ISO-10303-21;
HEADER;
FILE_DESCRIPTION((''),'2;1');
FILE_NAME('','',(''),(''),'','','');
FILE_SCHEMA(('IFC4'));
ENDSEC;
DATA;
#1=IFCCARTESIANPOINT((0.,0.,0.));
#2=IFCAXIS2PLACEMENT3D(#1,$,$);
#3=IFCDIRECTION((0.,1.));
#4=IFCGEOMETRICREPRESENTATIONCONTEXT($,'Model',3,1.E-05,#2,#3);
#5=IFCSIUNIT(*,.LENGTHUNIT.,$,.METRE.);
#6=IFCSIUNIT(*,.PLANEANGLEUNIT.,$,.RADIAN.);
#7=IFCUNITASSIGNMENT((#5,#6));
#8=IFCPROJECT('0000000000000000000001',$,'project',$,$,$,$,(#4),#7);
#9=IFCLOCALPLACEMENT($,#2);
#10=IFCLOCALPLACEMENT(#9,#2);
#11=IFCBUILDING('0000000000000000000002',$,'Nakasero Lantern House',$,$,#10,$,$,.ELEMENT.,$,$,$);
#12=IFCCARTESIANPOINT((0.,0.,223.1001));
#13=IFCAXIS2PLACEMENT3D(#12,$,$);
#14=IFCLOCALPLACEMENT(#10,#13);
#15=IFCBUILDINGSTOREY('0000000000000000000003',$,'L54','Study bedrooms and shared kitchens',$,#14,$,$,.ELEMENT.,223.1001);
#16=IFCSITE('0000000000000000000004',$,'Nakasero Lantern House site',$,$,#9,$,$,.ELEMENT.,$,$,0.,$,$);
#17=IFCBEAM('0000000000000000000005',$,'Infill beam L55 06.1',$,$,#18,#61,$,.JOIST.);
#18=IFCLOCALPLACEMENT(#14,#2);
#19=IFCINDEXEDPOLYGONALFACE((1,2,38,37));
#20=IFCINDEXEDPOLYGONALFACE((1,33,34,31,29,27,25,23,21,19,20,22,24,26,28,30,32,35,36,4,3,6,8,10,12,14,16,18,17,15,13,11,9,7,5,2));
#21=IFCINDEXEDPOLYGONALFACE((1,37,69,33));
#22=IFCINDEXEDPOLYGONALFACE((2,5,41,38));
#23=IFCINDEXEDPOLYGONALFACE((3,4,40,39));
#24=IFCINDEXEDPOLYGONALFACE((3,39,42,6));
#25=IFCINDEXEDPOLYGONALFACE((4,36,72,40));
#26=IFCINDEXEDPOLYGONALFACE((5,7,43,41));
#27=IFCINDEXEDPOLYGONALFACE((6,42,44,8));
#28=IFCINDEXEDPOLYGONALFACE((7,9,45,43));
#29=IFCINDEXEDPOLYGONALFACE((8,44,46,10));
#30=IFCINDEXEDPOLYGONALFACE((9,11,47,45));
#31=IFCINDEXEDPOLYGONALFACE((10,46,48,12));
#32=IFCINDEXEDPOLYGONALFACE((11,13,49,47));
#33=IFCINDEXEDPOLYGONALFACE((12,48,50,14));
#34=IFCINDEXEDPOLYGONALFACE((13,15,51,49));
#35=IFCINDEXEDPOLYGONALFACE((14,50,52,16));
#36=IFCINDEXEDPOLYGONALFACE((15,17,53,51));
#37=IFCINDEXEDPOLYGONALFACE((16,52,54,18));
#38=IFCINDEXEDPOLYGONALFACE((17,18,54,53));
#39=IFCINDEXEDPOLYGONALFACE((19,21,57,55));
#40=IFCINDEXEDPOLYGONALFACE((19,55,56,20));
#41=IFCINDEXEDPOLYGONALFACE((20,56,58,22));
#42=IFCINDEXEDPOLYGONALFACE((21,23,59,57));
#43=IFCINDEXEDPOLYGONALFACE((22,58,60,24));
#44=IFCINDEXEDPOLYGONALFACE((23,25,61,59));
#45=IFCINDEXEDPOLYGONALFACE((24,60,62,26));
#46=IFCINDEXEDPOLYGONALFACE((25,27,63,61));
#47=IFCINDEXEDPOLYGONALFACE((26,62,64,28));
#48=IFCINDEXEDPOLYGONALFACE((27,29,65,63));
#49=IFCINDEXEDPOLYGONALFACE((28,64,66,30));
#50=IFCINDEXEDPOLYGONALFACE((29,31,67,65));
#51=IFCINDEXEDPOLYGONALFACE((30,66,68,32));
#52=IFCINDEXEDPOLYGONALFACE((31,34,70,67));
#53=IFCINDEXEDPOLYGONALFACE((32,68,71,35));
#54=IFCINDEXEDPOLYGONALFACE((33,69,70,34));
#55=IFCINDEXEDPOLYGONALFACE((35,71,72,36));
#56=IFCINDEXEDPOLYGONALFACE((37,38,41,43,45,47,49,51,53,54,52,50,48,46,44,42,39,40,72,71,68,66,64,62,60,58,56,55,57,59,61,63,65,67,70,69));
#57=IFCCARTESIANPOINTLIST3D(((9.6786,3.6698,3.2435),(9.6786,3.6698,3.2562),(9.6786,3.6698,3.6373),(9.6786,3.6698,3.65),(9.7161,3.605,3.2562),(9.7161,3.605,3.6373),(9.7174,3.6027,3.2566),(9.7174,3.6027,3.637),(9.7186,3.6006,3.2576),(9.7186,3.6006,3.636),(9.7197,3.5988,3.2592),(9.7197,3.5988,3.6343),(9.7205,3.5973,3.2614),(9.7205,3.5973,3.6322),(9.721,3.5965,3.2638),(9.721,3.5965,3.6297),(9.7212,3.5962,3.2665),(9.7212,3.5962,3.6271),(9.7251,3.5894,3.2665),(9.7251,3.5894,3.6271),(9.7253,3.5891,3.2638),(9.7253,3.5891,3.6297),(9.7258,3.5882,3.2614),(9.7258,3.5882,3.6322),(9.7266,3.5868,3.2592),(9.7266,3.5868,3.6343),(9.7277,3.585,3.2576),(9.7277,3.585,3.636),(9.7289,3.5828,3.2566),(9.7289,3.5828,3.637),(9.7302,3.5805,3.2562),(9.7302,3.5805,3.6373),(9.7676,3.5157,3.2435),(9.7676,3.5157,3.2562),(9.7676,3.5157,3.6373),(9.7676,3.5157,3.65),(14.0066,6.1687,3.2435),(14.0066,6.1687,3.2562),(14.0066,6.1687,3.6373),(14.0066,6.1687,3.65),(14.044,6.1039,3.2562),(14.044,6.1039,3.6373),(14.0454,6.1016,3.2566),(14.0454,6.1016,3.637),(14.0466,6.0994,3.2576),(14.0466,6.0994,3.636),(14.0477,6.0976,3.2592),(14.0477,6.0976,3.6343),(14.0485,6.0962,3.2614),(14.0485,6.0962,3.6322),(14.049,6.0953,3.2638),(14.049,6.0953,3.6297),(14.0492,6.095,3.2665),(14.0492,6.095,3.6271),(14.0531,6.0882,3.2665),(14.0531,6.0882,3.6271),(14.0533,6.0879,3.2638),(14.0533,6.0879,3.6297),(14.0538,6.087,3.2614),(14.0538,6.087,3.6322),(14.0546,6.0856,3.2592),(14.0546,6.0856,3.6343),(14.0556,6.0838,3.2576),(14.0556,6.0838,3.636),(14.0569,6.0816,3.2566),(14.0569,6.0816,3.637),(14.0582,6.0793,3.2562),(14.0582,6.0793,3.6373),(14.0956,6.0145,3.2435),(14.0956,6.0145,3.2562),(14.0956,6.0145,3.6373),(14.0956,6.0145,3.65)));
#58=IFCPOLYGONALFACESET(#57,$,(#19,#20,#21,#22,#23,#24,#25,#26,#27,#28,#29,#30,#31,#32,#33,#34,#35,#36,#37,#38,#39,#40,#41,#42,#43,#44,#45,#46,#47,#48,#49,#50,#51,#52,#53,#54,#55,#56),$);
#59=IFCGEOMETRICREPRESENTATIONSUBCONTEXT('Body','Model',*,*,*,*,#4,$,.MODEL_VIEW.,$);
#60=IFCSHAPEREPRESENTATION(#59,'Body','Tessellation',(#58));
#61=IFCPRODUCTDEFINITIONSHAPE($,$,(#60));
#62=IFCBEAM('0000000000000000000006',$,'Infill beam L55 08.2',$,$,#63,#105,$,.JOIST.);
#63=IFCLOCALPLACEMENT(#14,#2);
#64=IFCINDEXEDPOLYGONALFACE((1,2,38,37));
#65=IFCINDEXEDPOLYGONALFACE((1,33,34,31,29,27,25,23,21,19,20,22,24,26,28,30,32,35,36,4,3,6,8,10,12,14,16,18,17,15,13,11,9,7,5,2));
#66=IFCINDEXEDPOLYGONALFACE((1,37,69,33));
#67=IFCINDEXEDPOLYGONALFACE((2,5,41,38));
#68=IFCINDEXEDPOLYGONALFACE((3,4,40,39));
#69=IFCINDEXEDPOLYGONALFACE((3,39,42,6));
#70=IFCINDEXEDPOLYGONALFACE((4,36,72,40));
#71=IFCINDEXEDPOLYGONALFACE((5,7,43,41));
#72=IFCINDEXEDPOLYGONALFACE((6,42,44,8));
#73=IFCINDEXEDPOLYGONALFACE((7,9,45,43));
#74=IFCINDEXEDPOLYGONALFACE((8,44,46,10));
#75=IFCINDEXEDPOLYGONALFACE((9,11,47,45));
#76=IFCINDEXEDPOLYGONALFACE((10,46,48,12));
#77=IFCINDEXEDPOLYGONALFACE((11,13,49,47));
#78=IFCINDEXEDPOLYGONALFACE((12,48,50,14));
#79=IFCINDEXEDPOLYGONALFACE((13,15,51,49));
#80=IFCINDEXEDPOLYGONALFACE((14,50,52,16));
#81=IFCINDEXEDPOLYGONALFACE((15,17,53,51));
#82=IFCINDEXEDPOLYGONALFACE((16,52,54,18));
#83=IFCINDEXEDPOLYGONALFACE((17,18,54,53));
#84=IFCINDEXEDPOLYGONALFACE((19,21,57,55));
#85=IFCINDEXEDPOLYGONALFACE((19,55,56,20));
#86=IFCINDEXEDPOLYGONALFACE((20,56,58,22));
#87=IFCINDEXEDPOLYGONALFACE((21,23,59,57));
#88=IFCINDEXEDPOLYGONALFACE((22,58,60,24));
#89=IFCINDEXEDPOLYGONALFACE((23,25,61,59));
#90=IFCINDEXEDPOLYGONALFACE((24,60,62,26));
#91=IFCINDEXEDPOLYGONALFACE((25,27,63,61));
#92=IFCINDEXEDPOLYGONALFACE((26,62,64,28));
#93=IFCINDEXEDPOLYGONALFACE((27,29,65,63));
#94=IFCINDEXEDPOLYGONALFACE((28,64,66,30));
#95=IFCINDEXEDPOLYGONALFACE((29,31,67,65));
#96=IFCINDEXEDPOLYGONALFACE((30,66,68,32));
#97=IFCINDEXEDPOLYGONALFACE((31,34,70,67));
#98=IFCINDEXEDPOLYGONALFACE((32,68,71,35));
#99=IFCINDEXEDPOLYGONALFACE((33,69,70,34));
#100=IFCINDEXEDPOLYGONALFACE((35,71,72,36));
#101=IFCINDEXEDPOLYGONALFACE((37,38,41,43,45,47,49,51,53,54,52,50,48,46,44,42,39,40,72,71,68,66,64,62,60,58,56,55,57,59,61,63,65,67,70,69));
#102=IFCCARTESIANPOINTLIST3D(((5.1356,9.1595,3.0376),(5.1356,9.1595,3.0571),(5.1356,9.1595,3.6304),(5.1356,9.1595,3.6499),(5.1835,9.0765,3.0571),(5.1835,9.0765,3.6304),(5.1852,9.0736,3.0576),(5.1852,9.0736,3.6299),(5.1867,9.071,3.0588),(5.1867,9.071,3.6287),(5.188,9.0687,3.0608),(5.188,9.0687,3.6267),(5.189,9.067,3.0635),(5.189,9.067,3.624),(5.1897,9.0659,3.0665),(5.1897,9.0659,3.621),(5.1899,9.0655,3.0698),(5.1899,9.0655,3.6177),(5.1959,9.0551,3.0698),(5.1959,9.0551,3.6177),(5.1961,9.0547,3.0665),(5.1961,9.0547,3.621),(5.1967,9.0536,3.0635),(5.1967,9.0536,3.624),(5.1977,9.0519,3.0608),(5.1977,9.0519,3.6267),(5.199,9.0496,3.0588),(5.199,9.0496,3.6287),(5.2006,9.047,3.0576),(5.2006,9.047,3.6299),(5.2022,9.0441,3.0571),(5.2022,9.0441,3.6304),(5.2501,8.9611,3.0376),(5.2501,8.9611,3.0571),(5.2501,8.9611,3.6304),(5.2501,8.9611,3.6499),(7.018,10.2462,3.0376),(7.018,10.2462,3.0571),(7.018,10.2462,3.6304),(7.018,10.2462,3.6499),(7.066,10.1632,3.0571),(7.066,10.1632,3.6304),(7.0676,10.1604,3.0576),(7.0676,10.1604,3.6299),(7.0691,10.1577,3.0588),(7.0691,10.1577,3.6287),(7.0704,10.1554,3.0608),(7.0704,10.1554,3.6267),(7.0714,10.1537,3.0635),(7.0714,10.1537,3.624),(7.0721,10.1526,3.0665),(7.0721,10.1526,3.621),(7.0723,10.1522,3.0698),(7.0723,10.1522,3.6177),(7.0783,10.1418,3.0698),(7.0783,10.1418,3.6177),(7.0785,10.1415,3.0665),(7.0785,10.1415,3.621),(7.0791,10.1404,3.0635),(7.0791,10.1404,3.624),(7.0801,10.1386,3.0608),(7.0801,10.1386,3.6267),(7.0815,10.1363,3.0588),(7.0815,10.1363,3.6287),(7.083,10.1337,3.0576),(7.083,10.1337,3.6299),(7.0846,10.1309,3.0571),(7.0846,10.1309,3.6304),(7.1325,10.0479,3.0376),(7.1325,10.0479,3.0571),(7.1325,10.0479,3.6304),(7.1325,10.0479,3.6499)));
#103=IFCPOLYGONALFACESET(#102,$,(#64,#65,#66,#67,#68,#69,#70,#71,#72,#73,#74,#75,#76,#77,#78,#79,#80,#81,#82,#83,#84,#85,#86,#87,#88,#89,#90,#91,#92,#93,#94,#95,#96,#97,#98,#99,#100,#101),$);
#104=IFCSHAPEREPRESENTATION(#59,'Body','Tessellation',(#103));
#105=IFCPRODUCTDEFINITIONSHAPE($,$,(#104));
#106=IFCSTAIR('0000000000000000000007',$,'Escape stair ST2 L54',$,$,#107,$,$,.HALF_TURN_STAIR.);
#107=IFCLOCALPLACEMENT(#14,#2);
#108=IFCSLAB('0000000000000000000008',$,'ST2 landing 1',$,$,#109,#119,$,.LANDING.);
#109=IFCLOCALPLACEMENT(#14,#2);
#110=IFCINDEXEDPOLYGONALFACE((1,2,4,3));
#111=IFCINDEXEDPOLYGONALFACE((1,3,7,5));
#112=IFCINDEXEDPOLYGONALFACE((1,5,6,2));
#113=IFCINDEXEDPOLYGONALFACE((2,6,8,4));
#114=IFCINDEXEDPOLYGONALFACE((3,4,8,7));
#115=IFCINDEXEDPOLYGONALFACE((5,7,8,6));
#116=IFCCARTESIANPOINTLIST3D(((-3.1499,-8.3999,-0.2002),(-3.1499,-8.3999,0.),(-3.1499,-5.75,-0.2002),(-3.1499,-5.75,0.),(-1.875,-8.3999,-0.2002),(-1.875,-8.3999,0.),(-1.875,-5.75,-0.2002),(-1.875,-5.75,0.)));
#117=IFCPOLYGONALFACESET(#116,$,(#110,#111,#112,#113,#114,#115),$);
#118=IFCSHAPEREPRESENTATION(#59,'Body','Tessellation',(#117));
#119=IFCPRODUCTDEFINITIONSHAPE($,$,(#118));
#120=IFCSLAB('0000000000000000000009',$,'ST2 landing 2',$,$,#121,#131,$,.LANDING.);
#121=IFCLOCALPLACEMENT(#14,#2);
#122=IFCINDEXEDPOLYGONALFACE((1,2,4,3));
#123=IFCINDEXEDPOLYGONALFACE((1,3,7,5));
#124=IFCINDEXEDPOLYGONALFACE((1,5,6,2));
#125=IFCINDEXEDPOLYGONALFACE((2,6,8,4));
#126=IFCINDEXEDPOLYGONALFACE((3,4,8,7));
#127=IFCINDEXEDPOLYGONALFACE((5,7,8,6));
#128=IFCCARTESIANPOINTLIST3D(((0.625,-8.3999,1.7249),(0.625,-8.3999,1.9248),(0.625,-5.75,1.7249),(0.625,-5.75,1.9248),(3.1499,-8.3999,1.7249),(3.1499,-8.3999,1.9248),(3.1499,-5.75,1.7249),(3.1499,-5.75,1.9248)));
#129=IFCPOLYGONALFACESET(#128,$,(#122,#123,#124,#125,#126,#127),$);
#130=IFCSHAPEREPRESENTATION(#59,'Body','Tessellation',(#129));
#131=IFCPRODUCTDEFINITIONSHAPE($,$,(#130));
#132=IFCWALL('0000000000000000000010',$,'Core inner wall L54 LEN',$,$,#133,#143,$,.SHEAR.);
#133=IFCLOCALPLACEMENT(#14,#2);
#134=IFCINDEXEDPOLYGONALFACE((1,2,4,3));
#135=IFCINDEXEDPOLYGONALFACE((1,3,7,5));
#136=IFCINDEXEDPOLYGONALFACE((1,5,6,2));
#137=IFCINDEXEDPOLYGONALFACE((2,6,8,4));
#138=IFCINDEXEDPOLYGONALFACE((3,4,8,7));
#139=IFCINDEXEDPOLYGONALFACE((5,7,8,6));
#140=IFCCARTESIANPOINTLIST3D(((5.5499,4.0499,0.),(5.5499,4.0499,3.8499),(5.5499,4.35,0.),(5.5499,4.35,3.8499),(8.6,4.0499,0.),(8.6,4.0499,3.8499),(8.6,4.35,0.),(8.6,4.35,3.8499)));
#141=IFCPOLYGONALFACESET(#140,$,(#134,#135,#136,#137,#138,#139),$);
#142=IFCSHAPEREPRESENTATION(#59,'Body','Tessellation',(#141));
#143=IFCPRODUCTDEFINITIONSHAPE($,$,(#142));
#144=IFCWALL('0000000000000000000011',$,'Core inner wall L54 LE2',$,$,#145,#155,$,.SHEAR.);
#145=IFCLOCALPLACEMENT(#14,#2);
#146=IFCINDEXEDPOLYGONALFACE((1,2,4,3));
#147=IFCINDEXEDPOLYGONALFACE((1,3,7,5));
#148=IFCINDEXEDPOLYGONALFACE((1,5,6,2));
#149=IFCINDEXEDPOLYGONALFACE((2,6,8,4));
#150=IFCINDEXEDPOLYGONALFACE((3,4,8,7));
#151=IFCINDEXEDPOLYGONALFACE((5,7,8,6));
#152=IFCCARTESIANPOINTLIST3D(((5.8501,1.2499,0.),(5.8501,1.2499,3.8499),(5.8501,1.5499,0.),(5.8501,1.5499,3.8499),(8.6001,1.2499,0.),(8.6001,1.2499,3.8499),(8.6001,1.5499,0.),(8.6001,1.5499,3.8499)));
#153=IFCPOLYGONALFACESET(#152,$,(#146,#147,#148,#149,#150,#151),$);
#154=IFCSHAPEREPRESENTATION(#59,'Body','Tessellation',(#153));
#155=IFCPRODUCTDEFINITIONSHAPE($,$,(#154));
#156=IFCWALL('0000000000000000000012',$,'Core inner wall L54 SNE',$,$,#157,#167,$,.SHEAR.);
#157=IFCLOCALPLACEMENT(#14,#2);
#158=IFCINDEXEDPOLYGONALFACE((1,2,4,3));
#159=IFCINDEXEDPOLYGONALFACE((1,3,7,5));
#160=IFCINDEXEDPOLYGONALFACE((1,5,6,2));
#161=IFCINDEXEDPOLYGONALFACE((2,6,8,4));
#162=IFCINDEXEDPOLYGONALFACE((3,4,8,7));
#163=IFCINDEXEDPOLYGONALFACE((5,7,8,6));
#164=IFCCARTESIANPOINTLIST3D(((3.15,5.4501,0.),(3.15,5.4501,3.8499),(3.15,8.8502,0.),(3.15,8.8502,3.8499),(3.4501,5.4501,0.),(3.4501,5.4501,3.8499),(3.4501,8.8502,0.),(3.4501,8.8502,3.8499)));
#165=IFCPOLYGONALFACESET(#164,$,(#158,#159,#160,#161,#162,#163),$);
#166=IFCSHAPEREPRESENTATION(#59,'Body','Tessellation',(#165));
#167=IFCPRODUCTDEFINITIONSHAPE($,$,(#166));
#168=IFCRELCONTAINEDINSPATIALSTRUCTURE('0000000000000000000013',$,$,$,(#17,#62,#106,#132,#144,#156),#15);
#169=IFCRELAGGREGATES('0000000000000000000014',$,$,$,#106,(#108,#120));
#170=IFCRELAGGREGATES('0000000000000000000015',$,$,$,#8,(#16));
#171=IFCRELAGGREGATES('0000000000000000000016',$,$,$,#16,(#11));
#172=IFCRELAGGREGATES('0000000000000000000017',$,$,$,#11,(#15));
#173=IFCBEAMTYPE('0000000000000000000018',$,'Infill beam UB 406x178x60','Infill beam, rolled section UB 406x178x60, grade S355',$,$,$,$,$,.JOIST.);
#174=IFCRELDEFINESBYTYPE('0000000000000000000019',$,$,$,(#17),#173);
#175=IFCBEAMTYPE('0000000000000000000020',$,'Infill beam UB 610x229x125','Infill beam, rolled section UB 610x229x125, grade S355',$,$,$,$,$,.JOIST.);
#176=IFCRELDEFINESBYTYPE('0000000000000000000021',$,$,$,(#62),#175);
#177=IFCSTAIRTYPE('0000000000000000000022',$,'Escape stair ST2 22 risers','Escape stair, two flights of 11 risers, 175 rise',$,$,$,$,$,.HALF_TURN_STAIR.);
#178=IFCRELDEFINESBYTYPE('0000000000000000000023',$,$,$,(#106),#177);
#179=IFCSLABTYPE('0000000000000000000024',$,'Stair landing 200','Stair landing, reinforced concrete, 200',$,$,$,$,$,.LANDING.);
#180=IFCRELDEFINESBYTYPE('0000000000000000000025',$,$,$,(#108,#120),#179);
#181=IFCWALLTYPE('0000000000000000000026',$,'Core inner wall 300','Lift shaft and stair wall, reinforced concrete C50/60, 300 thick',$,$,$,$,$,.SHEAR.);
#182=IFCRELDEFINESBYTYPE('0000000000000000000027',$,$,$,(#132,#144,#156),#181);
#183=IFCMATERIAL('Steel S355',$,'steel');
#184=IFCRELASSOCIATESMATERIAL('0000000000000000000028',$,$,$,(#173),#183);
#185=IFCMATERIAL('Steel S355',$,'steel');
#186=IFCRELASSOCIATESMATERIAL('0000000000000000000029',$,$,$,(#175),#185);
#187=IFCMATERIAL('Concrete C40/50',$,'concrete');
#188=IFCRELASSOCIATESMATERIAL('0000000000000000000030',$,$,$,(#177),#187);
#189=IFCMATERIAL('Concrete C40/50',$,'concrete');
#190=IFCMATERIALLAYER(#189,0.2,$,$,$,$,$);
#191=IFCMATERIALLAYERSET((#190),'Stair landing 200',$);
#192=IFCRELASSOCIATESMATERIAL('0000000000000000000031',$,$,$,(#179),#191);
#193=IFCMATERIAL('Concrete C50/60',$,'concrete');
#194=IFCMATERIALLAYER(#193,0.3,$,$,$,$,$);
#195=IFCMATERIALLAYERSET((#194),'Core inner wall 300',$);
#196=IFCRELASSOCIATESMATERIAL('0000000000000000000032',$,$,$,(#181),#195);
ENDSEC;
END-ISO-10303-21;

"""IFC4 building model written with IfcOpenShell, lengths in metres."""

from ifc_helpers import new_model, si_unit, direction, frame, frame_2d, origin, origin_2d, place, context, subcontext, project, spatial, polyline, rectangle, i_section, outline, extrude, material, layer, layer_set, material_profile, profile_set, type_object, element, aggregate, save


model = new_model("IFC4")

# Units and contexts
model_context = context("Model", 3, precision=1e-05, world=origin(), true_north=direction((0.0, 1.0)))
body_context = subcontext(model_context, "Body", "Model", "MODEL_VIEW")
ifc_project = project(units=[si_unit("LENGTHUNIT", "METRE"), si_unit("PLANEANGLEUNIT", "RADIAN")], contexts=[model_context])

# Site, building, storey
site_placement = place(None, origin())
site = spatial("IfcSite", under=ifc_project, at=site_placement, Name="Nakasero Lantern House site", CompositionType="ELEMENT", RefElevation=0.0)
building_placement = place(site_placement, origin())
building = spatial("IfcBuilding", under=site, at=building_placement, Name="Nakasero Lantern House", CompositionType="ELEMENT")
storey_placement = place(building_placement, frame((0.0, 0.0, 223.1001)))
storey = spatial("IfcBuildingStorey", under=building, at=storey_placement, Name="L54", Description="Study bedrooms and shared kitchens", CompositionType="ELEMENT", Elevation=223.1001)

# Beams
ifc_material_1 = material(Name="Steel S355", Category="steel")
ifc_material_profile_1 = material_profile(ifc_material_1, i_section(OverallWidth=0.178, OverallDepth=0.4065, WebThickness=0.0078, FlangeThickness=0.0127, FilletRadius=0.0103, at=origin_2d()), Name="UB 406x178x60")
ifc_profile_set_1 = profile_set([ifc_material_profile_1], Name="Steel S355")
beam_type_1 = type_object("IfcBeamType", Name="Infill beam UB 406x178x60", Description="Infill beam, rolled section UB 406x178x60, grade S355", PredefinedType="JOIST", material=ifc_profile_set_1)
beam_1_placement = place(storey_placement, frame((9.7231, 3.5928, 3.4468), z_axis=(0.866019, 0.500011, 0.0), x_axis=(-0.500011, 0.866019, 0.0)))
element("IfcBeam", 1, at=beam_1_placement, inside=storey, type_object=beam_type_1, Name="Infill beam L55 06.1", PredefinedType="JOIST", context=body_context, shape_type="SweptSolid", body=[
    extrude(i_section(OverallWidth=0.178, OverallDepth=0.4065, WebThickness=0.0078, FlangeThickness=0.0127, FilletRadius=0.0103, at=origin_2d()), origin(), (0.0, 0.0, 1.0), 4.9976),
])
ifc_material_2 = material(Name="Steel S355", Category="steel")
ifc_material_profile_2 = material_profile(ifc_material_2, i_section(OverallWidth=0.229, OverallDepth=0.6123, WebThickness=0.012, FlangeThickness=0.0195, FilletRadius=0.0127, at=origin_2d()), Name="UB 610x229x125")
ifc_profile_set_2 = profile_set([ifc_material_profile_2], Name="Steel S355")
beam_type_2 = type_object("IfcBeamType", Name="Infill beam UB 610x229x125", Description="Infill beam, rolled section UB 610x229x125, grade S355", PredefinedType="JOIST", material=ifc_profile_set_2)
beam_2_placement = place(storey_placement, frame((5.1929, 9.0603, 3.3438), z_axis=(0.866043, 0.499969, 0.0), x_axis=(-0.499969, 0.866043, 0.0)))
element("IfcBeam", 2, at=beam_2_placement, inside=storey, type_object=beam_type_2, Name="Infill beam L55 08.2", PredefinedType="JOIST", context=body_context, shape_type="SweptSolid", body=[
    extrude(i_section(OverallWidth=0.229, OverallDepth=0.6123, WebThickness=0.012, FlangeThickness=0.0195, FilletRadius=0.0127, at=origin_2d()), origin(), (0.0, 0.0, 1.0), 2.1736),
])

# Stair, slabs
ifc_material_3 = material(Name="Concrete C40/50", Category="concrete")
stair_type_1 = type_object("IfcStairType", Name="Escape stair ST2 22 risers", Description="Escape stair, two flights of 11 risers, 175 rise", PredefinedType="HALF_TURN_STAIR", material=ifc_material_3)
stair_1_placement = place(storey_placement, origin())
stair_1 = element("IfcStair", 3, at=stair_1_placement, inside=storey, type_object=stair_type_1, Name="Escape stair ST2 L54", PredefinedType="HALF_TURN_STAIR")
ifc_material_4 = material(Name="Concrete C40/50", Category="concrete")
ifc_layer_1 = layer(ifc_material_4, 0.2)
ifc_layer_set_1 = layer_set([ifc_layer_1], Name="Stair landing 200")
slab_type = type_object("IfcSlabType", Name="Stair landing 200", Description="Stair landing, reinforced concrete, 200", PredefinedType="LANDING", material=ifc_layer_set_1)
slab_1_placement = place(storey_placement, frame((0.0, 0.0, -0.2002)))
slab_1 = element("IfcSlab", 4, at=slab_1_placement, type_object=slab_type, Name="ST2 landing 1", PredefinedType="LANDING", context=body_context, shape_type="SweptSolid", body=[
    extrude(outline(polyline([(-3.1499, -8.3999), (-1.875, -8.3999), (-1.875, -5.75), (-3.1499, -5.75), (-3.1499, -8.3999)])), origin(), (0.0, 0.0, 1.0), 0.2002),
])
slab_2_placement = place(storey_placement, frame((0.0, 0.0, 1.7249)))
slab_2 = element("IfcSlab", 5, at=slab_2_placement, type_object=slab_type, Name="ST2 landing 2", PredefinedType="LANDING", context=body_context, shape_type="SweptSolid", body=[
    extrude(outline(polyline([(0.625, -8.3999), (3.1499, -8.3999), (3.1499, -5.75), (0.625, -5.75), (0.625, -8.3999)])), origin(), (0.0, 0.0, 1.0), 0.2),
])
aggregate(stair_1, [slab_1, slab_2])

# Walls
ifc_material_5 = material(Name="Concrete C50/60", Category="concrete")
ifc_layer_2 = layer(ifc_material_5, 0.3)
ifc_layer_set_2 = layer_set([ifc_layer_2], Name="Core inner wall 300")
wall_type_1 = type_object("IfcWallType", Name="Core inner wall 300", Description="Lift shaft and stair wall, reinforced concrete C50/60, 300 thick", PredefinedType="SHEAR", material=ifc_layer_set_2)
wall_1_placement = place(storey_placement, frame((5.55, 4.2, 0.0), z_axis=(0.0, 0.0, 1.0), x_axis=(1.0, 0.0, 0.0)))
element("IfcWall", 6, at=wall_1_placement, inside=storey, type_object=wall_type_1, Name="Core inner wall L54 LEN", PredefinedType="SHEAR", context=body_context, shape_type="SweptSolid", body=[
    extrude(rectangle(XDim=3.05, YDim=0.3, at=frame_2d((1.5249, 0.0))), origin(), (0.0, 0.0, 1.0), 3.8499),
])
wall_2_placement = place(storey_placement, frame((5.8501, 1.3999, 0.0), z_axis=(0.0, 0.0, 1.0), x_axis=(1.0, 0.0, 0.0)))
element("IfcWall", 7, at=wall_2_placement, inside=storey, type_object=wall_type_1, Name="Core inner wall L54 LE2", PredefinedType="SHEAR", context=body_context, shape_type="SweptSolid", body=[
    extrude(rectangle(XDim=2.75, YDim=0.3, at=frame_2d((1.375, 0.0))), origin(), (0.0, 0.0, 1.0), 3.8499),
])
wall_3_placement = place(storey_placement, frame((3.3, 5.45, 0.0), z_axis=(0.0, 0.0, 1.0), x_axis=(0.0, 1.0, 0.0)))
element("IfcWall", 8, at=wall_3_placement, inside=storey, type_object=wall_type_1, Name="Core inner wall L54 SNE", PredefinedType="SHEAR", context=body_context, shape_type="SweptSolid", body=[
    extrude(rectangle(XDim=3.4001, YDim=0.3, at=frame_2d((1.7002, 0.0))), origin(), (0.0, 0.0, 1.0), 3.8499),
])

save(model, "model.ifc")
